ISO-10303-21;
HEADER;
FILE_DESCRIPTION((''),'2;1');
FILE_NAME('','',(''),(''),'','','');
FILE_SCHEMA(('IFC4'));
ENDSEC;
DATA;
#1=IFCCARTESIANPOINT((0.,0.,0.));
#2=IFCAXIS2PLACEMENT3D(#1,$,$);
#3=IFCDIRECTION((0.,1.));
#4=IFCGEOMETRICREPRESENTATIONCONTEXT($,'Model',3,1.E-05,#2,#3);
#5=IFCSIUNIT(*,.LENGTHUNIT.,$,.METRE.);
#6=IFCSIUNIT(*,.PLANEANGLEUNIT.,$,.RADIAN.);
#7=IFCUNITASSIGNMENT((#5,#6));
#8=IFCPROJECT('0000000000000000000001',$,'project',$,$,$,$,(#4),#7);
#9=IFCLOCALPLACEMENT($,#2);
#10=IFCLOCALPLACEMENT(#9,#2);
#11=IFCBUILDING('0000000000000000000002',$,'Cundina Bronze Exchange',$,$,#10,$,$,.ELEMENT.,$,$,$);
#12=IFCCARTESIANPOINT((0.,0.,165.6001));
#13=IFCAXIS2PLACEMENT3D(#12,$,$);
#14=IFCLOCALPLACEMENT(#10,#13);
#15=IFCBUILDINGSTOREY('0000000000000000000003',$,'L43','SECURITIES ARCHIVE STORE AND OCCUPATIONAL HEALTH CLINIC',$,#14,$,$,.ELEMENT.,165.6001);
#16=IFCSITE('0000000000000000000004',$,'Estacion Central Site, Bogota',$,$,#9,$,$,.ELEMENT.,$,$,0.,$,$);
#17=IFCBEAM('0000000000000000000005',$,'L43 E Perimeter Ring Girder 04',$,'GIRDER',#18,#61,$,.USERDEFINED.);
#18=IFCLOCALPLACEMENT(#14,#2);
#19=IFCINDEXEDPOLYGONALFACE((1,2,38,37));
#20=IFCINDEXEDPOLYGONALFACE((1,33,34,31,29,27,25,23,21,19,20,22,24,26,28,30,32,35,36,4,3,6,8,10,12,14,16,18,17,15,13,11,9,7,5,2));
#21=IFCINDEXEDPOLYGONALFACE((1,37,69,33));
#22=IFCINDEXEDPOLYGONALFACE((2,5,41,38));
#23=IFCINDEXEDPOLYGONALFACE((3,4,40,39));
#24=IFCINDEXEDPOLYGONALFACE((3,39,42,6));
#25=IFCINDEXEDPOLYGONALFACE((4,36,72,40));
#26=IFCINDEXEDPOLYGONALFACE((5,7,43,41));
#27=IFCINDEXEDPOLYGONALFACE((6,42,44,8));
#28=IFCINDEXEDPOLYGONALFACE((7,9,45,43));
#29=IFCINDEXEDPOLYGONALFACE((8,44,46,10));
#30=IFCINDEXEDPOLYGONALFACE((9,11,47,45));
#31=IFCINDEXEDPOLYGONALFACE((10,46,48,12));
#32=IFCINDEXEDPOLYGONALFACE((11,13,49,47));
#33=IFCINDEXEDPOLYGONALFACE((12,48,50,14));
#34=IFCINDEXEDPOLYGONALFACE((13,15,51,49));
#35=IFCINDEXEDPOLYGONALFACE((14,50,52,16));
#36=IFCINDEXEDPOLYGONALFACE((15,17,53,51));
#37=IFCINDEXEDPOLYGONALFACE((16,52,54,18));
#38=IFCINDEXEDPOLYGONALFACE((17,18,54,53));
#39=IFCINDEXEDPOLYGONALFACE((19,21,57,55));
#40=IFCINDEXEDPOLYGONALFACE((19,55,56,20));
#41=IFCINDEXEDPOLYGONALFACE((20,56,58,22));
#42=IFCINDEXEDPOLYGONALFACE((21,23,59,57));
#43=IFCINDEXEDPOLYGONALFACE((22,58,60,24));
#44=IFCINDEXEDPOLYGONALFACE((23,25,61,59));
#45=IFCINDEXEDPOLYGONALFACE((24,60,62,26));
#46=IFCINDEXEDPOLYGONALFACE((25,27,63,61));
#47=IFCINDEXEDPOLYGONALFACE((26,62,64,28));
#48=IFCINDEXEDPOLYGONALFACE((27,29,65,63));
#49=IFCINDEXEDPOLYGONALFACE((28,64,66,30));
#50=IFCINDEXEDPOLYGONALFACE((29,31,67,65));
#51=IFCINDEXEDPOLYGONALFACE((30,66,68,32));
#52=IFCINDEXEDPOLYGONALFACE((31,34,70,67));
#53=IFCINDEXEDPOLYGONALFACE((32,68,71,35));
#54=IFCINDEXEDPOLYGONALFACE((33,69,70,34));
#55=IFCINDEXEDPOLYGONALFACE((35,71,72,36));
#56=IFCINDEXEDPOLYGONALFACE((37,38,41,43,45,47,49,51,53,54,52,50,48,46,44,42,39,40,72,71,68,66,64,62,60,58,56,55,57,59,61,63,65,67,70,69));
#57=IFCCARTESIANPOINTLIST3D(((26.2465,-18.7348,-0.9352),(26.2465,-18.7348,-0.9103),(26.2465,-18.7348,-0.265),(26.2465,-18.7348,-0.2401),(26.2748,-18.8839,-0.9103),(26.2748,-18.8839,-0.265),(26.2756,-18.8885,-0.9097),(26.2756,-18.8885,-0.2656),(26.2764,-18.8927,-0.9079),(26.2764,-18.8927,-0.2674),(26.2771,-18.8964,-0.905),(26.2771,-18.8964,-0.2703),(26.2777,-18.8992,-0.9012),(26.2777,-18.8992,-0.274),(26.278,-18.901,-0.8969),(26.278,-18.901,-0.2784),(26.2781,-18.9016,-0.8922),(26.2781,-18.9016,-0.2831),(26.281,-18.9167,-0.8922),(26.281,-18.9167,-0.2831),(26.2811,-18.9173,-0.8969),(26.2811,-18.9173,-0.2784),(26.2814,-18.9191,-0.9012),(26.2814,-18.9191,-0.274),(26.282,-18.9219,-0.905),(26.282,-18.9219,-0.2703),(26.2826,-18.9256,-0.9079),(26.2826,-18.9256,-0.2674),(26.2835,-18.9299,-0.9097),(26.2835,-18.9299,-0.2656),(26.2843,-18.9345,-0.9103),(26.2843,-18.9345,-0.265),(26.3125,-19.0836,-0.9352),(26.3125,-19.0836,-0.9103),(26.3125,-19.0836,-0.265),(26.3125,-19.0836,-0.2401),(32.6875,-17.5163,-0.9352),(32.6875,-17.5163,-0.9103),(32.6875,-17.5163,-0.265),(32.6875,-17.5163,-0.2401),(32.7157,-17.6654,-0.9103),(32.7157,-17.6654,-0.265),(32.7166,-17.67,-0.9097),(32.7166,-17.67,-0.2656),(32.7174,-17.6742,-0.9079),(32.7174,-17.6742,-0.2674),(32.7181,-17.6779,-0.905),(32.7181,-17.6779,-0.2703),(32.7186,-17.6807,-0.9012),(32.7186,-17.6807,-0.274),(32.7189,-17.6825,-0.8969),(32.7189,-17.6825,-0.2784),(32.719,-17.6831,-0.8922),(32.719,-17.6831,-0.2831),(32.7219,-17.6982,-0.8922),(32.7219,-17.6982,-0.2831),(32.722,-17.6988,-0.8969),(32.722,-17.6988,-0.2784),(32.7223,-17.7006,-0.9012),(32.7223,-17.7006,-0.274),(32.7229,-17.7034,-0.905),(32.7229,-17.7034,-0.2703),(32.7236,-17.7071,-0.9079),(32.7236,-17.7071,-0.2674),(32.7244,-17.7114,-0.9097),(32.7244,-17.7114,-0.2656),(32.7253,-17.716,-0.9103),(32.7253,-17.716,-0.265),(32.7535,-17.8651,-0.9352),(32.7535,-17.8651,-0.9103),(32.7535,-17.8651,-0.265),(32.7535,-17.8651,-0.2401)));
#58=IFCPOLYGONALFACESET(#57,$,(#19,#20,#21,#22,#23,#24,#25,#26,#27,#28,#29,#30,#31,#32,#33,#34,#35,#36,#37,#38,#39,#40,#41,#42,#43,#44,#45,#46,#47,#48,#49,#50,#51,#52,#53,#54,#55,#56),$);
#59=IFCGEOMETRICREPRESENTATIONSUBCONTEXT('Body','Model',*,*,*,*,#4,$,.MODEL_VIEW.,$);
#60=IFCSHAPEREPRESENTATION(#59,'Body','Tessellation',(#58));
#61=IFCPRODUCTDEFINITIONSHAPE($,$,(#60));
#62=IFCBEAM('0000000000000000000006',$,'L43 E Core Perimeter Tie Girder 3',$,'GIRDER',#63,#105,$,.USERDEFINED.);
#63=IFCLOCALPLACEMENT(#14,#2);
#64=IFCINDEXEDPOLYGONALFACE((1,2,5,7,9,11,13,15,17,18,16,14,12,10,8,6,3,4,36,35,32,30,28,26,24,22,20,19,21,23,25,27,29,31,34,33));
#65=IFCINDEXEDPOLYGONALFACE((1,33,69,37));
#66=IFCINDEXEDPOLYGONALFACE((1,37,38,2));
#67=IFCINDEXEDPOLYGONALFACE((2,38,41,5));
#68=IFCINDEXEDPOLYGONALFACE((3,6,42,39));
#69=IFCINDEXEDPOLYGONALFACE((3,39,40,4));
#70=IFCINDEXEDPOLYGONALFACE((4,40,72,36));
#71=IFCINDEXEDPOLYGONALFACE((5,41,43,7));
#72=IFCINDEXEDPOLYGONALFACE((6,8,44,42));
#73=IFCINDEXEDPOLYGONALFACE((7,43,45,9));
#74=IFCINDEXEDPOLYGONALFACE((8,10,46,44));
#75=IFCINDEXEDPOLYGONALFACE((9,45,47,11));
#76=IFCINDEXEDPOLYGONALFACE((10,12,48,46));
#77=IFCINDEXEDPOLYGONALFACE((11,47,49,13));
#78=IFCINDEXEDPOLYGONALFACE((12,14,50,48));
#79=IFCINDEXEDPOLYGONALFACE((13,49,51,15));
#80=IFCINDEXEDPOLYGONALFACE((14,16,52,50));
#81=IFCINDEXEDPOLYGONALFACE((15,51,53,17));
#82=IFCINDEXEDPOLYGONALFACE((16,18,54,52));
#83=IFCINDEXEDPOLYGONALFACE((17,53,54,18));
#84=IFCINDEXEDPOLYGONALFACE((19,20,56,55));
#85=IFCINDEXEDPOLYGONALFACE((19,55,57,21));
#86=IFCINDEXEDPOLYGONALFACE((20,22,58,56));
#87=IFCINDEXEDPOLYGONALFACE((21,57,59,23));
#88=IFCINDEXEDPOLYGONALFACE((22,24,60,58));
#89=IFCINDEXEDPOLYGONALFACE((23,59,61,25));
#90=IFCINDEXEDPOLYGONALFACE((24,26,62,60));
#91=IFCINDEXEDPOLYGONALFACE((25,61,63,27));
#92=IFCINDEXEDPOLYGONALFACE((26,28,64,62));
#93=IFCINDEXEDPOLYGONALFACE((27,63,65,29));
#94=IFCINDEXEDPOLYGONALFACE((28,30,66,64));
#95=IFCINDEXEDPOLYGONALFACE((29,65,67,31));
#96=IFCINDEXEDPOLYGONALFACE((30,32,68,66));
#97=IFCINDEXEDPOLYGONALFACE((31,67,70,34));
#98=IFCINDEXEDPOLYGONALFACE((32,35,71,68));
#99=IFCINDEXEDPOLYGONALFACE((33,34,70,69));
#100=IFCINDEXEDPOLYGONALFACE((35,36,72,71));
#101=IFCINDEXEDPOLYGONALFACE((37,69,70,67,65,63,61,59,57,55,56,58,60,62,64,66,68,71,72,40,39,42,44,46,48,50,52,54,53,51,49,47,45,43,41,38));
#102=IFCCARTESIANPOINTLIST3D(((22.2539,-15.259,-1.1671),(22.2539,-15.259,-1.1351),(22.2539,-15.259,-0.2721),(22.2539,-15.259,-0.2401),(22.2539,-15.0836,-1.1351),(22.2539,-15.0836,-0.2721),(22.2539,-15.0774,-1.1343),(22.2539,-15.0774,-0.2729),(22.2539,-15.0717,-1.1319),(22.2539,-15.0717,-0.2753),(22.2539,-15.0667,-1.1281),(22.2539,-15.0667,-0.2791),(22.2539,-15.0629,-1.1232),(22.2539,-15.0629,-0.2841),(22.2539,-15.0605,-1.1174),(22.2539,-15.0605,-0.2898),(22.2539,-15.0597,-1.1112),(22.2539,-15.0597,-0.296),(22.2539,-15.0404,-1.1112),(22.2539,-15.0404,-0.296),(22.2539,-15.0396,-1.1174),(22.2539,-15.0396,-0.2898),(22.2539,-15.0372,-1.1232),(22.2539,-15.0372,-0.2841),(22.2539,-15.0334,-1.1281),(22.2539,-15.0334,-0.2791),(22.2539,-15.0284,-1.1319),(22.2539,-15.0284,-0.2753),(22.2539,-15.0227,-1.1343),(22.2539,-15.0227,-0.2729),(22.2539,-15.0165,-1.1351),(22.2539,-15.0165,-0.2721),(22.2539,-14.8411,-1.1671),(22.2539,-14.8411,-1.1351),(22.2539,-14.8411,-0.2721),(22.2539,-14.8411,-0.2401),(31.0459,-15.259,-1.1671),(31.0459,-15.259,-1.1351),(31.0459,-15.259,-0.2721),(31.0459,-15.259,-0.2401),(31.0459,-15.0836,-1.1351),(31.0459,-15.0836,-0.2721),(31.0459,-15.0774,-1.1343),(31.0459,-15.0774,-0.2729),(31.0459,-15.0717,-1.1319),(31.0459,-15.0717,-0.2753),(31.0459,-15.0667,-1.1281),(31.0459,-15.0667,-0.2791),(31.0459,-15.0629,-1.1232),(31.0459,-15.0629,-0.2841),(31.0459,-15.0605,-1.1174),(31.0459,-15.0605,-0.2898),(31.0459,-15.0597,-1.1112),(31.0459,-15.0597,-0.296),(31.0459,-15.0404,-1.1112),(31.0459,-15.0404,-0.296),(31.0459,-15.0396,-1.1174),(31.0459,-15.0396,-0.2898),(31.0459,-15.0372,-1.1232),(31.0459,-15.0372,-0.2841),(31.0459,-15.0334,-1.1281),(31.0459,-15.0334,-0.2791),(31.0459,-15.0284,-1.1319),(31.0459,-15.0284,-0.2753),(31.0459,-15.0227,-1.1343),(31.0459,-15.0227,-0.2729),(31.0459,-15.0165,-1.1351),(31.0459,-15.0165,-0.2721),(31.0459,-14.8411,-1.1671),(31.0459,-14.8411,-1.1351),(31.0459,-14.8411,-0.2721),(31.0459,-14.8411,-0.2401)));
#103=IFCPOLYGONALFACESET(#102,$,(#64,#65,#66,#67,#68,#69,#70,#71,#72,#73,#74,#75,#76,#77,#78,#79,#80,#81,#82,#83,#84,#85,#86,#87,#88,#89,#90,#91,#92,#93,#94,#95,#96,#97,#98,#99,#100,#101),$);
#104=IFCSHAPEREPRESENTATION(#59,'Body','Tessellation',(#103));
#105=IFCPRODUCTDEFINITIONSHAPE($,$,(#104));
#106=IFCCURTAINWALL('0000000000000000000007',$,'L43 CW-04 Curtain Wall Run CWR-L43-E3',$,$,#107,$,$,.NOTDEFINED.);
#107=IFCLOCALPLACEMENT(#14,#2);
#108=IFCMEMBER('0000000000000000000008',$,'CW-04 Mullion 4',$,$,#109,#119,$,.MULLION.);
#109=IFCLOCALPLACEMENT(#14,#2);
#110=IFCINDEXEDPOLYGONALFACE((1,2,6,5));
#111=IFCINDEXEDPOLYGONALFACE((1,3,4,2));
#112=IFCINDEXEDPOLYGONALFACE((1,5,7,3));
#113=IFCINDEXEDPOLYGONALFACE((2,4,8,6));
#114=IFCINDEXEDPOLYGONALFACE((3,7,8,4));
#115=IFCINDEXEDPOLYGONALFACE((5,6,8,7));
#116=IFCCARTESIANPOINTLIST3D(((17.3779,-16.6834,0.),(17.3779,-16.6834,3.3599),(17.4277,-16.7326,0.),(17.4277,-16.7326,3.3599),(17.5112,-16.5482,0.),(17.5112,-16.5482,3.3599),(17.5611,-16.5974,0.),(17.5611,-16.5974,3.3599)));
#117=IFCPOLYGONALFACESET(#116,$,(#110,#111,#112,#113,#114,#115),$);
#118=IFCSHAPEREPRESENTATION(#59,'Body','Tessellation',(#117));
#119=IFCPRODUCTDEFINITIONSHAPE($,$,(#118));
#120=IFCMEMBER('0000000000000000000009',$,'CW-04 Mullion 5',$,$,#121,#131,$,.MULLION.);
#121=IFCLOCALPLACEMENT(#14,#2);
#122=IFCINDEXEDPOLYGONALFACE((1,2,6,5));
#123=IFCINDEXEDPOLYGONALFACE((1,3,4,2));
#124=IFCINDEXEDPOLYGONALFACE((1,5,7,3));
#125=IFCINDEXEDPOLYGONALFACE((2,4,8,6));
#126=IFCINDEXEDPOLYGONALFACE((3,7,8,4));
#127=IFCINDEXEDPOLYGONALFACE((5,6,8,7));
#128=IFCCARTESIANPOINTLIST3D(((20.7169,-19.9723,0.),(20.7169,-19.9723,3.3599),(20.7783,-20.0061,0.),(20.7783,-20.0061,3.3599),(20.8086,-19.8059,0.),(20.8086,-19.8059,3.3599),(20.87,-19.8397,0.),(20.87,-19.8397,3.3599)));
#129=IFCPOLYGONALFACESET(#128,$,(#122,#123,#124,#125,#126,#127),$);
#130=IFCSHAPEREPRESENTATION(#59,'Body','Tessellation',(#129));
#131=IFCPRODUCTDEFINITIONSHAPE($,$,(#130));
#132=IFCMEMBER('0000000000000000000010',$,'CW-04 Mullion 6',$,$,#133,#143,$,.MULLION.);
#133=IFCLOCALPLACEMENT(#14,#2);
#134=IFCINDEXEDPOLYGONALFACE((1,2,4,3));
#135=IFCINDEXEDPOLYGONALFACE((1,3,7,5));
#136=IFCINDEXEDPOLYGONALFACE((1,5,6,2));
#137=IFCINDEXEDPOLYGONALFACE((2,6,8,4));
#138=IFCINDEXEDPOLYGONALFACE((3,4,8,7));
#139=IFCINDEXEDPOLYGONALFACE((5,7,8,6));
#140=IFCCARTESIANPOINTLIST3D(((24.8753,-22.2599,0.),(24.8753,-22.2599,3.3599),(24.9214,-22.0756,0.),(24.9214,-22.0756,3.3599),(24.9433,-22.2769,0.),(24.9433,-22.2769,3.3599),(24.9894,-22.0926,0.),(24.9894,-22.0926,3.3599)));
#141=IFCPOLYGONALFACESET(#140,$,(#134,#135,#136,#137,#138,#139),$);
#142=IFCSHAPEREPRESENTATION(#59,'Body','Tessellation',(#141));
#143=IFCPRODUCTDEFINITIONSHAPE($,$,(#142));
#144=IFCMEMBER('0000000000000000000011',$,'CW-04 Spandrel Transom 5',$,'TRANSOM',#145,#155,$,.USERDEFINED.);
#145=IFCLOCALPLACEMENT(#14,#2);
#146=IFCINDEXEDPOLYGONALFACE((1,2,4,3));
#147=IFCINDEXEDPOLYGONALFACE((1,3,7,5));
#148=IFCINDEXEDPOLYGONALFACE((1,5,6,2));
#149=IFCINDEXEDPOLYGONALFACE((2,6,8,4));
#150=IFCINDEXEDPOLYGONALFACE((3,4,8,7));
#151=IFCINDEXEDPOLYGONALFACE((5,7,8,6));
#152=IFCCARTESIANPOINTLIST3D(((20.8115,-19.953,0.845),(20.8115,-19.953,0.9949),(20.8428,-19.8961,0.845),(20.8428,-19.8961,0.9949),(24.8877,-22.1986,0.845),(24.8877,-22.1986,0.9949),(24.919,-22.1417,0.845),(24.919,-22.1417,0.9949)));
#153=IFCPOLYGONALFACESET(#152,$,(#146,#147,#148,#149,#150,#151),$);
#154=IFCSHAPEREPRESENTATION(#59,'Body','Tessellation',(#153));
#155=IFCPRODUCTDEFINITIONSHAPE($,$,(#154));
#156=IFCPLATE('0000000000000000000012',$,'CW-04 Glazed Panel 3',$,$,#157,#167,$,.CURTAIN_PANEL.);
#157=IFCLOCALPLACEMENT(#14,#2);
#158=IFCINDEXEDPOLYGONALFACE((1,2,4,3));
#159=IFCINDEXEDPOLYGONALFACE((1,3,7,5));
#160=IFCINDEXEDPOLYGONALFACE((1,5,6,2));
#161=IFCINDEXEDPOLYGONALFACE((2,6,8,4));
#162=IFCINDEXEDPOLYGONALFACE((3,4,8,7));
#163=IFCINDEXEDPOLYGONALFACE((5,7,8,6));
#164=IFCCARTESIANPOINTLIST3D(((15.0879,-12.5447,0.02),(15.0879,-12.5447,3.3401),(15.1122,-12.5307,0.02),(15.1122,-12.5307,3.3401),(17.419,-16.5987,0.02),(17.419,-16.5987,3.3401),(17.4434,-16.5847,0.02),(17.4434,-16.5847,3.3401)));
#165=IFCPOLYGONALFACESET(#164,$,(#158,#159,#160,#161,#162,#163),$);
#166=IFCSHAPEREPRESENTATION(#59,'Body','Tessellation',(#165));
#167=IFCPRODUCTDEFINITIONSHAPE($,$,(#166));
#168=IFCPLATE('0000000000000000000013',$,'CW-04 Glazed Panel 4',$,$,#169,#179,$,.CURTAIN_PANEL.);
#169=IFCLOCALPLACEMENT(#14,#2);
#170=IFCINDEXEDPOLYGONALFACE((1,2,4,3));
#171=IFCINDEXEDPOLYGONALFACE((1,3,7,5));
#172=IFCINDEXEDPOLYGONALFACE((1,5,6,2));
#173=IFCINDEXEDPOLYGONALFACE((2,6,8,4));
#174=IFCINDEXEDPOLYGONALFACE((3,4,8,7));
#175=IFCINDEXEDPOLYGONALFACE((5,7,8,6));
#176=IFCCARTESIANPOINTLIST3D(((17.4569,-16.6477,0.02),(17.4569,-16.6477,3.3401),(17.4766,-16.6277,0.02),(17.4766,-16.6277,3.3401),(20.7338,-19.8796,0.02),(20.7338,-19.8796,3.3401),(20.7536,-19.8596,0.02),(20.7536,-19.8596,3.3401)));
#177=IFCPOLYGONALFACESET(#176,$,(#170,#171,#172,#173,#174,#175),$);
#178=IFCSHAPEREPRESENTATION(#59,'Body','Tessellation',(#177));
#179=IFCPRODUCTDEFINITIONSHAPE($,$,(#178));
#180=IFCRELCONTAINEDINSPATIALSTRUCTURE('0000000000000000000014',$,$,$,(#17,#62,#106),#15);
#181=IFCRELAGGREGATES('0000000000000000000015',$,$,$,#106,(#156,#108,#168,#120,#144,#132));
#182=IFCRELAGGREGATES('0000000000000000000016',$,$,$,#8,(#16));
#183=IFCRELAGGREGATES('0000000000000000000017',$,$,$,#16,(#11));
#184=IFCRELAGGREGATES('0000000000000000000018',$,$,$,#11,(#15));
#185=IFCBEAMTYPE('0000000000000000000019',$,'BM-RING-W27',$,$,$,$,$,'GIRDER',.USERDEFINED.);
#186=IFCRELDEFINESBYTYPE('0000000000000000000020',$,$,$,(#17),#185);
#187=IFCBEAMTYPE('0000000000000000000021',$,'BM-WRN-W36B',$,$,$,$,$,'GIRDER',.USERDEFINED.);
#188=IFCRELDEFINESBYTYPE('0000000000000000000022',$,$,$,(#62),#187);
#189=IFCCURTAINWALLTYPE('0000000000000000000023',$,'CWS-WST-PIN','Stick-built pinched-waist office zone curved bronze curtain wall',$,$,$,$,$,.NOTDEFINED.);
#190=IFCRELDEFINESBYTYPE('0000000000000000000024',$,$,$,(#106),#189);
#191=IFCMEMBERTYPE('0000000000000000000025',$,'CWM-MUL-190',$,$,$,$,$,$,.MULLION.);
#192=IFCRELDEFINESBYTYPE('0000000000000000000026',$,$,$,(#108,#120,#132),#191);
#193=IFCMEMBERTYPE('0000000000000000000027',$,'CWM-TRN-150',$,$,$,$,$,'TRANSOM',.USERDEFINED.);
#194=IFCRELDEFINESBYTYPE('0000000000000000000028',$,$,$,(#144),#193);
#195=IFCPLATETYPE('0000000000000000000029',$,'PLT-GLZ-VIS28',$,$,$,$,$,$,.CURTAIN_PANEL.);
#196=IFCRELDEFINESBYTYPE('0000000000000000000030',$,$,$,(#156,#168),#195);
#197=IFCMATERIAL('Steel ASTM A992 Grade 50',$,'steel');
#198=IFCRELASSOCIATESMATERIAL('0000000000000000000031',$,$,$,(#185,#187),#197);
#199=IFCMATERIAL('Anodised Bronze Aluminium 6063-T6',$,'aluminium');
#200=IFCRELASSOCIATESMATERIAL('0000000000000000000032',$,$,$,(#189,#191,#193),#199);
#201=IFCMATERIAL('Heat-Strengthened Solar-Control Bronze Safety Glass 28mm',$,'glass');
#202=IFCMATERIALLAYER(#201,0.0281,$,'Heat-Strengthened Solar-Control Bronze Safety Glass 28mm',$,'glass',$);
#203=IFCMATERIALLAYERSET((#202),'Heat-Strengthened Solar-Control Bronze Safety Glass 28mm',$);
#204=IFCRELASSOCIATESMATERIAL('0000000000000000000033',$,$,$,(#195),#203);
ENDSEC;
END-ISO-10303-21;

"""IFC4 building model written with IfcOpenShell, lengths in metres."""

from ifc_helpers import new_model, si_unit, direction, frame, origin, origin_2d, place, context, subcontext, project, spatial, rectangle, i_section, extrude, material, layer, layer_set, material_profile, profile_set, type_object, element, aggregate, save


model = new_model("IFC4")

# Units and contexts
model_context = context("Model", 3, precision=1e-05, world=origin(), true_north=direction((0.0, 1.0)))
body_context = subcontext(model_context, "Body", "Model", "MODEL_VIEW")
ifc_project = project(units=[si_unit("LENGTHUNIT", "METRE"), si_unit("PLANEANGLEUNIT", "RADIAN")], contexts=[model_context])

# Site, building, storey
site_placement = place(None, origin())
site = spatial("IfcSite", under=ifc_project, at=site_placement, Name="Estacion Central Site, Bogota", CompositionType="ELEMENT", RefElevation=0.0)
building_placement = place(site_placement, origin())
building = spatial("IfcBuilding", under=site, at=building_placement, Name="Cundina Bronze Exchange", CompositionType="ELEMENT")
storey_placement = place(building_placement, frame((0.0, 0.0, 165.6001)))
storey = spatial("IfcBuildingStorey", under=building, at=storey_placement, Name="L43", Description="SECURITIES ARCHIVE STORE AND OCCUPATIONAL HEALTH CLINIC", CompositionType="ELEMENT", Elevation=165.6001)

# Shared definitions
ifc_material_1 = material(Name="Steel ASTM A992 Grade 50", Category="steel")

# Beams
ifc_material_profile_1 = material_profile(ifc_material_1, i_section(OverallWidth=0.355, OverallDepth=0.6951, WebThickness=0.0154, FlangeThickness=0.0249, FilletRadius=0.0181, at=origin_2d()), Name="W27X146", Category="steel")
ifc_profile_set_1 = profile_set([ifc_material_profile_1], Name="Steel ASTM A992 Grade 50")
beam_type_1 = type_object("IfcBeamType", Name="BM-RING-W27", ElementType="GIRDER", PredefinedType="USERDEFINED", material=ifc_profile_set_1)
beam_1_placement = place(storey_placement, frame((26.2795, -18.9092, -0.5876), z_axis=(0.982572, 0.185885, 0.0), x_axis=(-0.185885, 0.982572, 0.0)))
element("IfcBeam", 1, at=beam_1_placement, inside=storey, type_object=beam_type_1, Name="L43 E Perimeter Ring Girder 04", ObjectType="GIRDER", PredefinedType="USERDEFINED", context=body_context, shape_type="SweptSolid", body=[
    extrude(i_section(OverallWidth=0.355, OverallDepth=0.6951, WebThickness=0.0154, FlangeThickness=0.0249, FilletRadius=0.0181, at=origin_2d()), origin(), (0.0, 0.0, 1.0), 6.5552),
])
ifc_material_profile_2 = material_profile(ifc_material_1, i_section(OverallWidth=0.418, OverallDepth=0.927, WebThickness=0.0193, FlangeThickness=0.032, FilletRadius=0.0239, at=origin_2d()), Name="W36X231", Category="steel")
ifc_profile_set_2 = profile_set([ifc_material_profile_2], Name="Steel ASTM A992 Grade 50")
beam_type_2 = type_object("IfcBeamType", Name="BM-WRN-W36B", ElementType="GIRDER", PredefinedType="USERDEFINED", material=ifc_profile_set_2)
beam_2_placement = place(storey_placement, frame((22.2539, -15.05, -0.7036), z_axis=(1.0, 0.0, 0.0), x_axis=(0.0, 1.0, 0.0)))
element("IfcBeam", 2, at=beam_2_placement, inside=storey, type_object=beam_type_2, Name="L43 E Core Perimeter Tie Girder 3", ObjectType="GIRDER", PredefinedType="USERDEFINED", context=body_context, shape_type="SweptSolid", body=[
    extrude(i_section(OverallWidth=0.418, OverallDepth=0.927, WebThickness=0.0193, FlangeThickness=0.032, FilletRadius=0.0239, at=origin_2d()), origin(), (0.0, 0.0, 1.0), 8.792),
])

# Curtain wall, members, plates
ifc_material_2 = material(Name="Anodised Bronze Aluminium 6063-T6", Category="aluminium")
curtain_wall_type = type_object("IfcCurtainWallType", Name="CWS-WST-PIN", Description="Stick-built pinched-waist office zone curved bronze curtain wall", PredefinedType="NOTDEFINED", material=ifc_material_2)
curtain_wall_placement = place(storey_placement, origin())
curtain_wall = element("IfcCurtainWall", 3, at=curtain_wall_placement, inside=storey, type_object=curtain_wall_type, Name="L43 CW-04 Curtain Wall Run CWR-L43-E3", PredefinedType="NOTDEFINED")
ifc_material_profile_3 = material_profile(ifc_material_2, rectangle(XDim=0.0701, YDim=0.1899, at=origin_2d()), Name="AL70X190", Category="aluminium")
ifc_profile_set_3 = profile_set([ifc_material_profile_3], Name="Anodised Bronze Aluminium 6063-T6")
member_type_1 = type_object("IfcMemberType", Name="CWM-MUL-190", PredefinedType="MULLION", material=ifc_profile_set_3)
member_1_placement = place(storey_placement, frame((17.4695, -16.6404, 0.0), z_axis=(0.0, 0.0, 1.0), x_axis=(0.712026, -0.702153, 0.0)))
member_1 = element("IfcMember", 4, at=member_1_placement, type_object=member_type_1, Name="CW-04 Mullion 4", PredefinedType="MULLION", context=body_context, shape_type="SweptSolid", body=[
    extrude(rectangle(XDim=0.0701, YDim=0.1899, at=origin_2d()), origin(), (0.0, 0.0, 1.0), 3.3599),
])
member_2_placement = place(storey_placement, frame((20.7935, -19.906, 0.0), z_axis=(0.0, 0.0, 1.0), x_axis=(0.875886, -0.482518, 0.0)))
member_2 = element("IfcMember", 5, at=member_2_placement, type_object=member_type_1, Name="CW-04 Mullion 5", PredefinedType="MULLION", context=body_context, shape_type="SweptSolid", body=[
    extrude(rectangle(XDim=0.0701, YDim=0.1899, at=origin_2d()), origin(), (0.0, 0.0, 1.0), 3.3599),
])
member_3_placement = place(storey_placement, frame((24.9324, -22.1763, 0.0), z_axis=(0.0, 0.0, 1.0), x_axis=(0.970084, -0.242769, 0.0)))
member_3 = element("IfcMember", 6, at=member_3_placement, type_object=member_type_1, Name="CW-04 Mullion 6", PredefinedType="MULLION", context=body_context, shape_type="SweptSolid", body=[
    extrude(rectangle(XDim=0.0701, YDim=0.1899, at=origin_2d()), origin(), (0.0, 0.0, 1.0), 3.3599),
])
ifc_material_profile_4 = material_profile(ifc_material_2, rectangle(XDim=0.0649, YDim=0.1499, at=origin_2d()), Name="AL65X150", Category="aluminium")
ifc_profile_set_4 = profile_set([ifc_material_profile_4], Name="Anodised Bronze Aluminium 6063-T6")
member_type_2 = type_object("IfcMemberType", Name="CWM-TRN-150", ElementType="TRANSOM", PredefinedType="USERDEFINED", material=ifc_profile_set_4)
member_4_placement = place(storey_placement, frame((20.8271, -19.9246, 0.9199), z_axis=(0.875879, -0.482531, 0.0), x_axis=(0.482531, 0.875879, 0.0)))
member_4 = element("IfcMember", 7, at=member_4_placement, type_object=member_type_2, Name="CW-04 Spandrel Transom 5", ObjectType="TRANSOM", PredefinedType="USERDEFINED", context=body_context, shape_type="SweptSolid", body=[
    extrude(rectangle(XDim=0.0649, YDim=0.1499, at=origin_2d()), origin(), (0.0, 0.0, 1.0), 4.6538),
])
ifc_material_3 = material(Name="Heat-Strengthened Solar-Control Bronze Safety Glass 28mm", Category="glass")
ifc_layer_1 = layer(ifc_material_3, 0.0281, Name="Heat-Strengthened Solar-Control Bronze Safety Glass 28mm", Category="glass")
ifc_layer_set_1 = layer_set([ifc_layer_1], Name="Heat-Strengthened Solar-Control Bronze Safety Glass 28mm")
plate_type_1 = type_object("IfcPlateType", Name="PLT-GLZ-VIS28", PredefinedType="CURTAIN_PANEL", material=ifc_layer_set_1)
plate_1_placement = place(storey_placement, frame((16.2656, -14.5647, 0.02), z_axis=(0.0, 0.0, 1.0), x_axis=(0.498488, -0.866897, 0.0)))
plate_1 = element("IfcPlate", 8, at=plate_1_placement, type_object=plate_type_1, Name="CW-04 Glazed Panel 3", PredefinedType="CURTAIN_PANEL", context=body_context, shape_type="SweptSolid", body=[
    extrude(rectangle(XDim=4.6765, YDim=0.0281, at=origin_2d()), origin(), (0.0, 0.0, 1.0), 3.3201),
])
plate_2_placement = place(storey_placement, frame((19.1052, -18.2537, 0.02), z_axis=(0.0, 0.0, 1.0), x_axis=(0.711989, -0.70219, 0.0)))
plate_2 = element("IfcPlate", 9, at=plate_2_placement, type_object=plate_type_1, Name="CW-04 Glazed Panel 4", PredefinedType="CURTAIN_PANEL", context=body_context, shape_type="SweptSolid", body=[
    extrude(rectangle(XDim=4.6025, YDim=0.0281, at=origin_2d()), origin(), (0.0, 0.0, 1.0), 3.3201),
])
aggregate(curtain_wall, [plate_1, member_1, plate_2, member_2, member_4, member_3])

save(model, "model.ifc")
